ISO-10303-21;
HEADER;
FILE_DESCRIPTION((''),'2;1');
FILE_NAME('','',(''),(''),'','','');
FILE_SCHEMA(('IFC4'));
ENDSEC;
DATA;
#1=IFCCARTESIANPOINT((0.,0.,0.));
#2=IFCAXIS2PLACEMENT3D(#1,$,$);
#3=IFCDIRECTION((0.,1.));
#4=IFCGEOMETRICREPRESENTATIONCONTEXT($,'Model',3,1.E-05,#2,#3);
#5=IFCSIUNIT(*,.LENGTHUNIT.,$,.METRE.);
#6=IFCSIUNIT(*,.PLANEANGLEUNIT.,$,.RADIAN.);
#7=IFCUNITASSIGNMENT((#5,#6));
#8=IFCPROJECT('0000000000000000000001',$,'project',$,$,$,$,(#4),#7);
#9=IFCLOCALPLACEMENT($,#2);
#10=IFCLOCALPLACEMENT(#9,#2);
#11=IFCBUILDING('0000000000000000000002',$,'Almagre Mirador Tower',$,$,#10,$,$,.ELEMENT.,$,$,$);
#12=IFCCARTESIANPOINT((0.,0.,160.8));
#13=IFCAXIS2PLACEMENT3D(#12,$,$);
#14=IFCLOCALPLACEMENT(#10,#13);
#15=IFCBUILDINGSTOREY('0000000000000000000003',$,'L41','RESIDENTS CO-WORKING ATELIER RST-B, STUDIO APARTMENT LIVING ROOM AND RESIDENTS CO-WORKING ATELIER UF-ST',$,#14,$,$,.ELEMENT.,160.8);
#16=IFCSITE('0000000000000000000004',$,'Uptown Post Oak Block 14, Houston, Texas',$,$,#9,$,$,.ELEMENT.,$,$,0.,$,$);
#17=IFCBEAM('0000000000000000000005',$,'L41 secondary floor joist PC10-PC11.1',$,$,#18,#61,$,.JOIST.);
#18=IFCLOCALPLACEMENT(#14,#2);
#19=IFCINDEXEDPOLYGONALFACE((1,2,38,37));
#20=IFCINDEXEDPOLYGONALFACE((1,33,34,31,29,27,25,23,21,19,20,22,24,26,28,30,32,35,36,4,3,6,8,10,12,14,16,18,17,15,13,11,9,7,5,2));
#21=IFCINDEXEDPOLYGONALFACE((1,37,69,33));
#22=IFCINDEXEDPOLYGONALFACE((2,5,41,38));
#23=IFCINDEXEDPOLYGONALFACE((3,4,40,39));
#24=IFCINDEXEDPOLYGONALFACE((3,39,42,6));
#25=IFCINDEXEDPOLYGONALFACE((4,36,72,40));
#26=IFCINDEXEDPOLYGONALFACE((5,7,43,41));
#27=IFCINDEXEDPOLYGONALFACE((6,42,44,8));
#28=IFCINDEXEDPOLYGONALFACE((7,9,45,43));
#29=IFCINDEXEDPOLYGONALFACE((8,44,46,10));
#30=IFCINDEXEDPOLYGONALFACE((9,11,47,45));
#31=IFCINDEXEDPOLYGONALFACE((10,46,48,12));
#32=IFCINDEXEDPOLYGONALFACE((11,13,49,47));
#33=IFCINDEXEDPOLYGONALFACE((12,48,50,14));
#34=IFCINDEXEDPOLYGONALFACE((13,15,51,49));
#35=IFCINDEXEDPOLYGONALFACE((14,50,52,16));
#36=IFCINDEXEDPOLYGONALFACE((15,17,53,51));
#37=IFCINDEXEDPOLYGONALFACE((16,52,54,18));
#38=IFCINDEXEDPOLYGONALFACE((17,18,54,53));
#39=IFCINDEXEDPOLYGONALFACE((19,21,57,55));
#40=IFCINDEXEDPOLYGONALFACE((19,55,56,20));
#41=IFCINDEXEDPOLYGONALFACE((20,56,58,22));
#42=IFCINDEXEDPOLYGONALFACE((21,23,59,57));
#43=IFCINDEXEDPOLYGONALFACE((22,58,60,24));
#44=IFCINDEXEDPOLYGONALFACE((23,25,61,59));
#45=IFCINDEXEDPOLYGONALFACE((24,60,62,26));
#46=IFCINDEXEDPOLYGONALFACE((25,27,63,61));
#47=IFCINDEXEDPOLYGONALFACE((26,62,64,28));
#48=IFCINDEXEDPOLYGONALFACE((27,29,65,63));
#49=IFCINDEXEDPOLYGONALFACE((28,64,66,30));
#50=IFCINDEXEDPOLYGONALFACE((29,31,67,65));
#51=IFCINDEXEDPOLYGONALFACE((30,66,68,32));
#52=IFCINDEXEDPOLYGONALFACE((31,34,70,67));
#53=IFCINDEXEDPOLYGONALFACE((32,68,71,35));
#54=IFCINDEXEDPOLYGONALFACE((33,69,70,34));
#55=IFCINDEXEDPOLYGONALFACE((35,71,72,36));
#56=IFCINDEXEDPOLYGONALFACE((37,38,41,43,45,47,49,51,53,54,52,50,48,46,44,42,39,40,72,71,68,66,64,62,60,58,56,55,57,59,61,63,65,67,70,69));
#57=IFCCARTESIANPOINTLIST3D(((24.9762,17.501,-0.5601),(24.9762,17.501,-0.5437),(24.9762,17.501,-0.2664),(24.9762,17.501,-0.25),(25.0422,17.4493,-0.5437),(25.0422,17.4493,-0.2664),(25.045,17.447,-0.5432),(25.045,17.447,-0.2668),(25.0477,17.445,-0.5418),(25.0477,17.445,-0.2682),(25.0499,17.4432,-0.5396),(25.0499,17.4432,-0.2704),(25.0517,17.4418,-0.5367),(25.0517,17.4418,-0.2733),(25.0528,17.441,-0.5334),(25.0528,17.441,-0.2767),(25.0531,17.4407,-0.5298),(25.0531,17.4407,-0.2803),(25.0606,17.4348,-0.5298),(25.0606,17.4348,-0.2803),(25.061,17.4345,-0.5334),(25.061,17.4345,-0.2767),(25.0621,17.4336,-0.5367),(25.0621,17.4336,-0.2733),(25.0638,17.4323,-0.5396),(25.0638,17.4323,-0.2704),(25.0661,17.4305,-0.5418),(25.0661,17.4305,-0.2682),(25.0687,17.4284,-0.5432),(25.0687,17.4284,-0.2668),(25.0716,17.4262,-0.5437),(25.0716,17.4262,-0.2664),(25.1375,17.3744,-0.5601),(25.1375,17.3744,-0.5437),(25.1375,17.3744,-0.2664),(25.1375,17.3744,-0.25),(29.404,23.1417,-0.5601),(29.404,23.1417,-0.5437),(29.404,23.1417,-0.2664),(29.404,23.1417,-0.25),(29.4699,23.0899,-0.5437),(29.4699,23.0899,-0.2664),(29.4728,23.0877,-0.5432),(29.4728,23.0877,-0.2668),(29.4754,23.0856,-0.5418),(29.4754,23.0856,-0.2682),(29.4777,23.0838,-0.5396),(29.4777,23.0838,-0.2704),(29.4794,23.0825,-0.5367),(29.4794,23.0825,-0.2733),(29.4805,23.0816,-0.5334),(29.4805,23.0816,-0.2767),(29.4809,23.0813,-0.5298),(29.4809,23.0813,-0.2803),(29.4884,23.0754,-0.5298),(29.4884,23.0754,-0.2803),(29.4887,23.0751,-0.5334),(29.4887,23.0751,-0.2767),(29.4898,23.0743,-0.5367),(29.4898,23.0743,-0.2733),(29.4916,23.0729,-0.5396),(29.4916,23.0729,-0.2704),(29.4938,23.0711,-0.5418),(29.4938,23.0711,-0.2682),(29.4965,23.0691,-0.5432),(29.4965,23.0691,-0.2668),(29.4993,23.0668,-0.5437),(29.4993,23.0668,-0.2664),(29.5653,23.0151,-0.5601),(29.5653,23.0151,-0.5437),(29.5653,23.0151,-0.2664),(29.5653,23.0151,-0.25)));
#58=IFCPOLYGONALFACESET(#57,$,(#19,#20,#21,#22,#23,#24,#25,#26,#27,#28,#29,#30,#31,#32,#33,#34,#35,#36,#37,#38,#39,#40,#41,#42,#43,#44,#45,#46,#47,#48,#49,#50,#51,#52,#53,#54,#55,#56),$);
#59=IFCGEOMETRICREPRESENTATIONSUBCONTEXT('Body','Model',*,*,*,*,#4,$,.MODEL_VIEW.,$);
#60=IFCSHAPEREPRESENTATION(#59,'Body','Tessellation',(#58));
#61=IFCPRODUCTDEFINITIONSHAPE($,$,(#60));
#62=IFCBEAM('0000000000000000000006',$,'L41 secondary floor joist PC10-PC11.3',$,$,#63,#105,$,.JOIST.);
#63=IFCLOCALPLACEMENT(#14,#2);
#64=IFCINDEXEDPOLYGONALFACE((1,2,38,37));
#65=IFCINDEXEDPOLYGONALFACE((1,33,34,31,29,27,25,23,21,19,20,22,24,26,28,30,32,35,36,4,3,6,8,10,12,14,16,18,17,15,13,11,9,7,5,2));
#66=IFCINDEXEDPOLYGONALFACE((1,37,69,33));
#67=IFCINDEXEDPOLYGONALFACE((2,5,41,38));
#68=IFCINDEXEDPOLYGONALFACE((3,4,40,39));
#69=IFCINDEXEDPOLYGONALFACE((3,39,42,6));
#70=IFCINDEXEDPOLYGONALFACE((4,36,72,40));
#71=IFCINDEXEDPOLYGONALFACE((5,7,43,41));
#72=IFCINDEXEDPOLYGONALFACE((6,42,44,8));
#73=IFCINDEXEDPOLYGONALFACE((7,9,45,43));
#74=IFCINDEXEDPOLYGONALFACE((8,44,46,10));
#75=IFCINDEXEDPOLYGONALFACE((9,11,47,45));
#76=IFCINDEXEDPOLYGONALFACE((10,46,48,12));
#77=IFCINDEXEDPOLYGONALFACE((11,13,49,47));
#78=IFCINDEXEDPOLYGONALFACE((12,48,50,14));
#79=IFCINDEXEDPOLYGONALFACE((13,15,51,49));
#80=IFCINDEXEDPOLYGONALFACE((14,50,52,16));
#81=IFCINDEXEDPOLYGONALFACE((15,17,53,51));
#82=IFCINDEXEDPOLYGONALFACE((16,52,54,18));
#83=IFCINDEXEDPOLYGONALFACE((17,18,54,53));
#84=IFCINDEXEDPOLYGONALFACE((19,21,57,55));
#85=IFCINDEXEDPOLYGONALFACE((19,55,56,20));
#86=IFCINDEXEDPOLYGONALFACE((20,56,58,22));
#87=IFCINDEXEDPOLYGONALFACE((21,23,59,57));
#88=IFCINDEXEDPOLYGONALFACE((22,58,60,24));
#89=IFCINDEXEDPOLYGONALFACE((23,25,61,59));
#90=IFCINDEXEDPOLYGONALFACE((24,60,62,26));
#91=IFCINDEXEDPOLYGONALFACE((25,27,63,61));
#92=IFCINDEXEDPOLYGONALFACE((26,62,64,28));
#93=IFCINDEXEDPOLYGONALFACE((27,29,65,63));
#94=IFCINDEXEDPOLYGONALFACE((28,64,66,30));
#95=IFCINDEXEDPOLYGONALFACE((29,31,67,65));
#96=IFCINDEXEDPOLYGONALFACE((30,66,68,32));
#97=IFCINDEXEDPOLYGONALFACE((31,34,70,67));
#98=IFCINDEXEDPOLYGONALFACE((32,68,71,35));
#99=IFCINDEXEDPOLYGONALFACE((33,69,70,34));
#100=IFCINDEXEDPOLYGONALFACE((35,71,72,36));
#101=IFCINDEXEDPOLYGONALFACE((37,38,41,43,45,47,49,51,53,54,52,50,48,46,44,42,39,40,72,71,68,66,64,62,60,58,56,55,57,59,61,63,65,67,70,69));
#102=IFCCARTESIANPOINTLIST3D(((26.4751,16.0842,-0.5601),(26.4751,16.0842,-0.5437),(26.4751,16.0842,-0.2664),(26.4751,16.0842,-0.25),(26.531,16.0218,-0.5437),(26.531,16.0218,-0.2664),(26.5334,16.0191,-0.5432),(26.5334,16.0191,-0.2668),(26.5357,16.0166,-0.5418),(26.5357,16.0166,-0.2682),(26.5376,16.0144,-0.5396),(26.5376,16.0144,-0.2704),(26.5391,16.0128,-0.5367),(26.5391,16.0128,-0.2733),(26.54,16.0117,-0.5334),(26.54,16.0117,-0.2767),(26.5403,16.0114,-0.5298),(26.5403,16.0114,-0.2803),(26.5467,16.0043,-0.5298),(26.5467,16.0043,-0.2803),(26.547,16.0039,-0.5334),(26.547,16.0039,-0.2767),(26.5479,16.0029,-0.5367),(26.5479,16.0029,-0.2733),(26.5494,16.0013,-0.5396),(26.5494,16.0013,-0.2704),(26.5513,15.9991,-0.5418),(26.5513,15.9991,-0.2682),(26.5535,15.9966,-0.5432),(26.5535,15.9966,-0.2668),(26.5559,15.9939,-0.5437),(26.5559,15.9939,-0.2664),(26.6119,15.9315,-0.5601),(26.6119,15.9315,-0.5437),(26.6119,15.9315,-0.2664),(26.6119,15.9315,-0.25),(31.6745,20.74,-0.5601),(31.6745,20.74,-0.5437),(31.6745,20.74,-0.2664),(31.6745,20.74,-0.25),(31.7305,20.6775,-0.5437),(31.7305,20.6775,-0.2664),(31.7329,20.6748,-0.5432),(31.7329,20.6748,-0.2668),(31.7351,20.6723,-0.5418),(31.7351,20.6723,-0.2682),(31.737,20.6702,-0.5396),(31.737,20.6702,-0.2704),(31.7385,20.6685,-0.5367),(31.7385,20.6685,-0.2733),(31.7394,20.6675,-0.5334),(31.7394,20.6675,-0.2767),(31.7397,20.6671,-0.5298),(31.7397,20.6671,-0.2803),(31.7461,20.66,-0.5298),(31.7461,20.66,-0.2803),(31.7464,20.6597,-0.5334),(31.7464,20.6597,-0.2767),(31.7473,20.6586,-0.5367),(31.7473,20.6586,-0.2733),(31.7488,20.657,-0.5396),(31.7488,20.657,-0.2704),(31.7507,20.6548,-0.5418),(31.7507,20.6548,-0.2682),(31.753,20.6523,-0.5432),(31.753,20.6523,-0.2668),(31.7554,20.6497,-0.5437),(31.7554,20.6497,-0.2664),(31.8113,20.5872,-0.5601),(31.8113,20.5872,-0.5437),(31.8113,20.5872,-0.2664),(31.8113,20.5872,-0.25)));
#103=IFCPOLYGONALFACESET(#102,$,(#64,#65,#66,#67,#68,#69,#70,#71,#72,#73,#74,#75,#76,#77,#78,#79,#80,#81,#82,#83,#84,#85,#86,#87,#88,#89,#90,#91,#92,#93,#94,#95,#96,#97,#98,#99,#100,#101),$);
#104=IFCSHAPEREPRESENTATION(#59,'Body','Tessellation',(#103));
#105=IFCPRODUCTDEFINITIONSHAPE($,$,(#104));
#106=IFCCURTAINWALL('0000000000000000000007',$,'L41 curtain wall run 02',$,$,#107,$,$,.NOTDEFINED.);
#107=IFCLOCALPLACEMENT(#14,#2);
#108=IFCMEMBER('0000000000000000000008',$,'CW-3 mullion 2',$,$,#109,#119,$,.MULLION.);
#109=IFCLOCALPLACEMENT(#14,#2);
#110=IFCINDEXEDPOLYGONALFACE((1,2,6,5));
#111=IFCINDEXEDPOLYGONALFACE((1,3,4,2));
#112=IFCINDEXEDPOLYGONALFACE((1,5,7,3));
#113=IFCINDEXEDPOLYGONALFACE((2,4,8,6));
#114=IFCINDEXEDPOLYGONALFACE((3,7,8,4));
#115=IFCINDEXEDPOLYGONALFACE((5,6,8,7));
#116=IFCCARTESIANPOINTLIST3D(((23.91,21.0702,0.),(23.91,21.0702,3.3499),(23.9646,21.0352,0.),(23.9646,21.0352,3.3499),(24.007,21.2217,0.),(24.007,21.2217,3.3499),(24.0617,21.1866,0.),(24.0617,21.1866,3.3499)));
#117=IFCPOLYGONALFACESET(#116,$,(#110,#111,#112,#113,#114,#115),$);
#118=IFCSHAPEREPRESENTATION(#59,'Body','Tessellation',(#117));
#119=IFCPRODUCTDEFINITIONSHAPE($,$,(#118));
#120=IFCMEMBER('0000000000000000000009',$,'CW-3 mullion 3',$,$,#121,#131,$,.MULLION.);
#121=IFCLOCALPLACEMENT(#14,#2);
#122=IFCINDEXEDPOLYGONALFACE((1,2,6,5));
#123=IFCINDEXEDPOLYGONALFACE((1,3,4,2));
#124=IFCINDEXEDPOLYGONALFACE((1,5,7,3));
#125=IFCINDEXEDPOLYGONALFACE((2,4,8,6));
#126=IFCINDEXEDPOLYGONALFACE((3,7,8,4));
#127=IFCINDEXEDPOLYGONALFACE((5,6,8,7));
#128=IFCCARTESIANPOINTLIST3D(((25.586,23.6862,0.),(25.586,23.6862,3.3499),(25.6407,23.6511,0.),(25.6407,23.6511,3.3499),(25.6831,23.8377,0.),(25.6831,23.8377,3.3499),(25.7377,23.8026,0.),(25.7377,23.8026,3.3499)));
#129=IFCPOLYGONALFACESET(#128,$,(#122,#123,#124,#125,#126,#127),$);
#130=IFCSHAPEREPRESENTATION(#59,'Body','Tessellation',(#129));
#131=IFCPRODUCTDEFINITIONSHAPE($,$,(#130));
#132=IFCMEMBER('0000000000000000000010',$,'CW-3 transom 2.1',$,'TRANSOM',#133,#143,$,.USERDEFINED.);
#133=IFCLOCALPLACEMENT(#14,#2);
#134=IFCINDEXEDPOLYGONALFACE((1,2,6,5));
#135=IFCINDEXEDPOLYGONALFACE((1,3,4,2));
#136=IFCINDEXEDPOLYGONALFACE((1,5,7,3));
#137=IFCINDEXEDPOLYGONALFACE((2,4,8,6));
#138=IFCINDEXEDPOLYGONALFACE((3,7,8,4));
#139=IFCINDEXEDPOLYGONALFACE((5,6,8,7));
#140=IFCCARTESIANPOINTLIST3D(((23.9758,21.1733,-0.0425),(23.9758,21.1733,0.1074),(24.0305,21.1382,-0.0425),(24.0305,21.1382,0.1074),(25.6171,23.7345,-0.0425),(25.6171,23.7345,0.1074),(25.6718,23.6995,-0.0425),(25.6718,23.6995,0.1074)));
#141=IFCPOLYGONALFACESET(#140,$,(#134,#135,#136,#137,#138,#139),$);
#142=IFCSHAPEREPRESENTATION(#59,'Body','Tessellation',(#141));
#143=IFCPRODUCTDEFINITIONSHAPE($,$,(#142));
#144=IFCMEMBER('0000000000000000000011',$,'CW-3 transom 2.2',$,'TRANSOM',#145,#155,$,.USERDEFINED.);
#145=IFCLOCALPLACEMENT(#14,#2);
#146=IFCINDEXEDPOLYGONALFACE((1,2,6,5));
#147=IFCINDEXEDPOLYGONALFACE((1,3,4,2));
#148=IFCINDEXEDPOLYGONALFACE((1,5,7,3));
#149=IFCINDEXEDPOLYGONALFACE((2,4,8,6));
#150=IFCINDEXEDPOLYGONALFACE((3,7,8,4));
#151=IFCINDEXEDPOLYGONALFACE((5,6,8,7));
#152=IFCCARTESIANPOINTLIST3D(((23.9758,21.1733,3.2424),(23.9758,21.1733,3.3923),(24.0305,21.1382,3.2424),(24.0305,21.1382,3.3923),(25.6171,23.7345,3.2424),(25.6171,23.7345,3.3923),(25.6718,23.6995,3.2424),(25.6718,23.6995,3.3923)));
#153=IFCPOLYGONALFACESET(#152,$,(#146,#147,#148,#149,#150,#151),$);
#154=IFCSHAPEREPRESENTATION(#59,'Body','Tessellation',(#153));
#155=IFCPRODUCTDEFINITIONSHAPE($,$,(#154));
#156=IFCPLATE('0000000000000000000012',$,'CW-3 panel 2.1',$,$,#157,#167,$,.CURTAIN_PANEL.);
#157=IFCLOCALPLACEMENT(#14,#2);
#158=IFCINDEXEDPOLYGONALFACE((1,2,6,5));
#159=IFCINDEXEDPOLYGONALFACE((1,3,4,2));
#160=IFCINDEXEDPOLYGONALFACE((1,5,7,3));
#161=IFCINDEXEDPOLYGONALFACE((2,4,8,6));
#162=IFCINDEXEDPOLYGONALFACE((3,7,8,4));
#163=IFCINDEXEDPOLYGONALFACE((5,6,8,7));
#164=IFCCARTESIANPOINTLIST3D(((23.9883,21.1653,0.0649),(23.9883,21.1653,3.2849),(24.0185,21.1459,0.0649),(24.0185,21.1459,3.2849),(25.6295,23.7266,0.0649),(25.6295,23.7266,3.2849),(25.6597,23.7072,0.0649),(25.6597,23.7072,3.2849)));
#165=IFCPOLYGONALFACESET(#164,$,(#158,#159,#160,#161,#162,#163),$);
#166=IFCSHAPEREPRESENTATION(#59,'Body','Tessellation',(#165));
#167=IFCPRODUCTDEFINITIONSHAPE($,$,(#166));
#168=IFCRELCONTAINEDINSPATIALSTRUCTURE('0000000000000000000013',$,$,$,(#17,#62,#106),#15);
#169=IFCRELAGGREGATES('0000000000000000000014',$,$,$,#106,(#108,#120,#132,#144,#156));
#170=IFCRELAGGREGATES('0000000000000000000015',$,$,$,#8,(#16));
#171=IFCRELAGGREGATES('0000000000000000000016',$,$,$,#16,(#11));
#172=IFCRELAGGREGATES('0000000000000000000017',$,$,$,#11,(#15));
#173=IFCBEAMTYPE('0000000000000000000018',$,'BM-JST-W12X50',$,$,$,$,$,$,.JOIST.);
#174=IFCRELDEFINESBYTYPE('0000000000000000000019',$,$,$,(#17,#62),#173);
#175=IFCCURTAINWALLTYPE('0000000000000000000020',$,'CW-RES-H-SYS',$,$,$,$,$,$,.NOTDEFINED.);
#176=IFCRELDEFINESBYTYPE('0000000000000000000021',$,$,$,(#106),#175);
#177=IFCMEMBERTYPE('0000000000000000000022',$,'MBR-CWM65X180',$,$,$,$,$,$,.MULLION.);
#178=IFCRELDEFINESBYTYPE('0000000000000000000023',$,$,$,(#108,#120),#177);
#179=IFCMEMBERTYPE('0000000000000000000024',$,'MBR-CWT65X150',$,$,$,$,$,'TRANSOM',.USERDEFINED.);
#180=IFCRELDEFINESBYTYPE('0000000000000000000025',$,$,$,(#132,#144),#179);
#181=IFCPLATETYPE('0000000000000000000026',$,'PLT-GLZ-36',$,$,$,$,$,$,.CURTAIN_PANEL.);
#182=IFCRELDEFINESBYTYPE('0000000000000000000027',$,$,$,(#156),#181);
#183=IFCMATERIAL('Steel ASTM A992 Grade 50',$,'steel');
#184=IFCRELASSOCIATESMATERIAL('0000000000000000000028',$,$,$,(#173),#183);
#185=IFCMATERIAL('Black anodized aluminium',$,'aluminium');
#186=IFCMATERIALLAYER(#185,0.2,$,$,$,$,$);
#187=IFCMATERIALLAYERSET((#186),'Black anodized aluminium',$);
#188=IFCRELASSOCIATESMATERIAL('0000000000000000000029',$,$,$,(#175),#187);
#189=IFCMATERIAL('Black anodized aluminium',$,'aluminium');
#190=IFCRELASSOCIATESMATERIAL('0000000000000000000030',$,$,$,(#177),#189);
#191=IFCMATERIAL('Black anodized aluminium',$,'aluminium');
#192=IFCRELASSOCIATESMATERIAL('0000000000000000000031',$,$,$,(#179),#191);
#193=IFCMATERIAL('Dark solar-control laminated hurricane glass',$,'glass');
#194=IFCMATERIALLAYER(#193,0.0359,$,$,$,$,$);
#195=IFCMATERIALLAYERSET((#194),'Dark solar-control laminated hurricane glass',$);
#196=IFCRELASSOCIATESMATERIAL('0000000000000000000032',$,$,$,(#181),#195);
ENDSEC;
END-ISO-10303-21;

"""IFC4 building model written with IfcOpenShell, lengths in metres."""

from ifc_helpers import new_model, si_unit, direction, frame, origin, origin_2d, place, context, subcontext, project, spatial, rectangle, i_section, extrude, material, layer, layer_set, material_profile, profile_set, type_object, element, aggregate, save


model = new_model("IFC4")

# Units and contexts
model_context = context("Model", 3, precision=1e-05, world=origin(), true_north=direction((0.0, 1.0)))
body_context = subcontext(model_context, "Body", "Model", "MODEL_VIEW")
ifc_project = project(units=[si_unit("LENGTHUNIT", "METRE"), si_unit("PLANEANGLEUNIT", "RADIAN")], contexts=[model_context])

# Site, building, storey
site_placement = place(None, origin())
site = spatial("IfcSite", under=ifc_project, at=site_placement, Name="Uptown Post Oak Block 14, Houston, Texas", CompositionType="ELEMENT", RefElevation=0.0)
building_placement = place(site_placement, origin())
building = spatial("IfcBuilding", under=site, at=building_placement, Name="Almagre Mirador Tower", CompositionType="ELEMENT")
storey_placement = place(building_placement, frame((0.0, 0.0, 160.8)))
storey = spatial("IfcBuildingStorey", under=building, at=storey_placement, Name="L41", Description="RESIDENTS CO-WORKING ATELIER RST-B, STUDIO APARTMENT LIVING ROOM AND RESIDENTS CO-WORKING ATELIER UF-ST", CompositionType="ELEMENT", Elevation=160.8)

# Beams
ifc_material_1 = material(Name="Steel ASTM A992 Grade 50", Category="steel")
ifc_material_profile_1 = material_profile(ifc_material_1, i_section(OverallWidth=0.2051, OverallDepth=0.3101, WebThickness=0.0095, FlangeThickness=0.0164, FilletRadius=0.0139, at=origin_2d()), Name="W12X50")
ifc_profile_set_1 = profile_set([ifc_material_profile_1], Name="Steel ASTM A992 Grade 50")
beam_type = type_object("IfcBeamType", Name="BM-JST-W12X50", PredefinedType="JOIST", material=ifc_profile_set_1)
beam_1_placement = place(storey_placement, frame((29.4846, 23.0784, -0.405), z_axis=(-0.617461, -0.786602, 0.0), x_axis=(0.786602, -0.617461, 0.0)))
element("IfcBeam", 1, at=beam_1_placement, inside=storey, type_object=beam_type, Name="L41 secondary floor joist PC10-PC11.1", PredefinedType="JOIST", context=body_context, shape_type="SweptSolid", body=[
    extrude(i_section(OverallWidth=0.2051, OverallDepth=0.3101, WebThickness=0.0095, FlangeThickness=0.0164, FilletRadius=0.0139, at=origin_2d()), origin(), (0.0, 0.0, 1.0), 7.1709),
])
beam_2_placement = place(storey_placement, frame((31.7429, 20.6636, -0.405), z_axis=(-0.744984, -0.667082, 0.0), x_axis=(0.667082, -0.744984, 0.0)))
element("IfcBeam", 2, at=beam_2_placement, inside=storey, type_object=beam_type, Name="L41 secondary floor joist PC10-PC11.3", PredefinedType="JOIST", context=body_context, shape_type="SweptSolid", body=[
    extrude(i_section(OverallWidth=0.2051, OverallDepth=0.3101, WebThickness=0.0095, FlangeThickness=0.0164, FilletRadius=0.0139, at=origin_2d()), origin(), (0.0, 0.0, 1.0), 6.9792),
])

# Curtain wall, members, plate
ifc_material_2 = material(Name="Black anodized aluminium", Category="aluminium")
ifc_layer_1 = layer(ifc_material_2, 0.2)
ifc_layer_set_1 = layer_set([ifc_layer_1], Name="Black anodized aluminium")
curtain_wall_type = type_object("IfcCurtainWallType", Name="CW-RES-H-SYS", PredefinedType="NOTDEFINED", material=ifc_layer_set_1)
curtain_wall_placement = place(storey_placement, origin())
curtain_wall = element("IfcCurtainWall", 3, at=curtain_wall_placement, inside=storey, type_object=curtain_wall_type, Name="L41 curtain wall run 02", PredefinedType="NOTDEFINED")
ifc_material_3 = material(Name="Black anodized aluminium", Category="aluminium")
ifc_material_profile_2 = material_profile(ifc_material_3, rectangle(XDim=0.0649, YDim=0.1799, at=origin_2d()), Name="CWM65X180")
ifc_profile_set_2 = profile_set([ifc_material_profile_2], Name="Black anodized aluminium")
member_type_1 = type_object("IfcMemberType", Name="MBR-CWM65X180", PredefinedType="MULLION", material=ifc_profile_set_2)
member_1_placement = place(storey_placement, frame((23.9858, 21.1284, 0.0), z_axis=(0.0, 0.0, 1.0), x_axis=(-0.841981, 0.539507, 0.0)))
member_1 = element("IfcMember", 4, at=member_1_placement, type_object=member_type_1, Name="CW-3 mullion 2", PredefinedType="MULLION", context=body_context, shape_type="SweptSolid", body=[
    extrude(rectangle(XDim=0.0649, YDim=0.1799, at=origin_2d()), origin(), (0.0, 0.0, 1.0), 3.3499),
])
member_2_placement = place(storey_placement, frame((25.6619, 23.7444, 0.0), z_axis=(0.0, 0.0, 1.0), x_axis=(-0.841981, 0.539507, 0.0)))
member_2 = element("IfcMember", 5, at=member_2_placement, type_object=member_type_1, Name="CW-3 mullion 3", PredefinedType="MULLION", context=body_context, shape_type="SweptSolid", body=[
    extrude(rectangle(XDim=0.0649, YDim=0.1799, at=origin_2d()), origin(), (0.0, 0.0, 1.0), 3.3499),
])
ifc_material_4 = material(Name="Black anodized aluminium", Category="aluminium")
ifc_material_profile_3 = material_profile(ifc_material_4, rectangle(XDim=0.0649, YDim=0.1499, at=origin_2d()), Name="CWT65X150")
ifc_profile_set_3 = profile_set([ifc_material_profile_3], Name="Black anodized aluminium")
member_type_2 = type_object("IfcMemberType", Name="MBR-CWT65X150", ElementType="TRANSOM", PredefinedType="USERDEFINED", material=ifc_profile_set_3)
member_3_placement = place(storey_placement, frame((24.0032, 21.1558, 0.0325), z_axis=(0.539552, 0.841952, 0.0), x_axis=(-0.841952, 0.539552, 0.0)))
member_3 = element("IfcMember", 6, at=member_3_placement, type_object=member_type_2, Name="CW-3 transom 2.1", ObjectType="TRANSOM", PredefinedType="USERDEFINED", context=body_context, shape_type="SweptSolid", body=[
    extrude(rectangle(XDim=0.0649, YDim=0.1499, at=origin_2d()), origin(), (0.0, 0.0, 1.0), 3.042),
])
member_4_placement = place(storey_placement, frame((24.0032, 21.1558, 3.3174), z_axis=(0.539552, 0.841952, 0.0), x_axis=(-0.841952, 0.539552, 0.0)))
member_4 = element("IfcMember", 7, at=member_4_placement, type_object=member_type_2, Name="CW-3 transom 2.2", ObjectType="TRANSOM", PredefinedType="USERDEFINED", context=body_context, shape_type="SweptSolid", body=[
    extrude(rectangle(XDim=0.0649, YDim=0.1499, at=origin_2d()), origin(), (0.0, 0.0, 1.0), 3.042),
])
ifc_material_5 = material(Name="Dark solar-control laminated hurricane glass", Category="glass")
ifc_layer_2 = layer(ifc_material_5, 0.0359)
ifc_layer_set_2 = layer_set([ifc_layer_2], Name="Dark solar-control laminated hurricane glass")
plate_type = type_object("IfcPlateType", Name="PLT-GLZ-36", PredefinedType="CURTAIN_PANEL", material=ifc_layer_set_2)
plate_placement = place(storey_placement, frame((24.824, 22.4363, 0.0649), z_axis=(0.0, 0.0, 1.0), x_axis=(0.539507, 0.841981, 0.0)))
plate = element("IfcPlate", 8, at=plate_placement, type_object=plate_type, Name="CW-3 panel 2.1", PredefinedType="CURTAIN_PANEL", context=body_context, shape_type="SweptSolid", body=[
    extrude(rectangle(XDim=3.042, YDim=0.0359, at=origin_2d()), origin(), (0.0, 0.0, 1.0), 3.22),
])
aggregate(curtain_wall, [member_1, member_2, member_3, member_4, plate])

save(model, "model.ifc")
